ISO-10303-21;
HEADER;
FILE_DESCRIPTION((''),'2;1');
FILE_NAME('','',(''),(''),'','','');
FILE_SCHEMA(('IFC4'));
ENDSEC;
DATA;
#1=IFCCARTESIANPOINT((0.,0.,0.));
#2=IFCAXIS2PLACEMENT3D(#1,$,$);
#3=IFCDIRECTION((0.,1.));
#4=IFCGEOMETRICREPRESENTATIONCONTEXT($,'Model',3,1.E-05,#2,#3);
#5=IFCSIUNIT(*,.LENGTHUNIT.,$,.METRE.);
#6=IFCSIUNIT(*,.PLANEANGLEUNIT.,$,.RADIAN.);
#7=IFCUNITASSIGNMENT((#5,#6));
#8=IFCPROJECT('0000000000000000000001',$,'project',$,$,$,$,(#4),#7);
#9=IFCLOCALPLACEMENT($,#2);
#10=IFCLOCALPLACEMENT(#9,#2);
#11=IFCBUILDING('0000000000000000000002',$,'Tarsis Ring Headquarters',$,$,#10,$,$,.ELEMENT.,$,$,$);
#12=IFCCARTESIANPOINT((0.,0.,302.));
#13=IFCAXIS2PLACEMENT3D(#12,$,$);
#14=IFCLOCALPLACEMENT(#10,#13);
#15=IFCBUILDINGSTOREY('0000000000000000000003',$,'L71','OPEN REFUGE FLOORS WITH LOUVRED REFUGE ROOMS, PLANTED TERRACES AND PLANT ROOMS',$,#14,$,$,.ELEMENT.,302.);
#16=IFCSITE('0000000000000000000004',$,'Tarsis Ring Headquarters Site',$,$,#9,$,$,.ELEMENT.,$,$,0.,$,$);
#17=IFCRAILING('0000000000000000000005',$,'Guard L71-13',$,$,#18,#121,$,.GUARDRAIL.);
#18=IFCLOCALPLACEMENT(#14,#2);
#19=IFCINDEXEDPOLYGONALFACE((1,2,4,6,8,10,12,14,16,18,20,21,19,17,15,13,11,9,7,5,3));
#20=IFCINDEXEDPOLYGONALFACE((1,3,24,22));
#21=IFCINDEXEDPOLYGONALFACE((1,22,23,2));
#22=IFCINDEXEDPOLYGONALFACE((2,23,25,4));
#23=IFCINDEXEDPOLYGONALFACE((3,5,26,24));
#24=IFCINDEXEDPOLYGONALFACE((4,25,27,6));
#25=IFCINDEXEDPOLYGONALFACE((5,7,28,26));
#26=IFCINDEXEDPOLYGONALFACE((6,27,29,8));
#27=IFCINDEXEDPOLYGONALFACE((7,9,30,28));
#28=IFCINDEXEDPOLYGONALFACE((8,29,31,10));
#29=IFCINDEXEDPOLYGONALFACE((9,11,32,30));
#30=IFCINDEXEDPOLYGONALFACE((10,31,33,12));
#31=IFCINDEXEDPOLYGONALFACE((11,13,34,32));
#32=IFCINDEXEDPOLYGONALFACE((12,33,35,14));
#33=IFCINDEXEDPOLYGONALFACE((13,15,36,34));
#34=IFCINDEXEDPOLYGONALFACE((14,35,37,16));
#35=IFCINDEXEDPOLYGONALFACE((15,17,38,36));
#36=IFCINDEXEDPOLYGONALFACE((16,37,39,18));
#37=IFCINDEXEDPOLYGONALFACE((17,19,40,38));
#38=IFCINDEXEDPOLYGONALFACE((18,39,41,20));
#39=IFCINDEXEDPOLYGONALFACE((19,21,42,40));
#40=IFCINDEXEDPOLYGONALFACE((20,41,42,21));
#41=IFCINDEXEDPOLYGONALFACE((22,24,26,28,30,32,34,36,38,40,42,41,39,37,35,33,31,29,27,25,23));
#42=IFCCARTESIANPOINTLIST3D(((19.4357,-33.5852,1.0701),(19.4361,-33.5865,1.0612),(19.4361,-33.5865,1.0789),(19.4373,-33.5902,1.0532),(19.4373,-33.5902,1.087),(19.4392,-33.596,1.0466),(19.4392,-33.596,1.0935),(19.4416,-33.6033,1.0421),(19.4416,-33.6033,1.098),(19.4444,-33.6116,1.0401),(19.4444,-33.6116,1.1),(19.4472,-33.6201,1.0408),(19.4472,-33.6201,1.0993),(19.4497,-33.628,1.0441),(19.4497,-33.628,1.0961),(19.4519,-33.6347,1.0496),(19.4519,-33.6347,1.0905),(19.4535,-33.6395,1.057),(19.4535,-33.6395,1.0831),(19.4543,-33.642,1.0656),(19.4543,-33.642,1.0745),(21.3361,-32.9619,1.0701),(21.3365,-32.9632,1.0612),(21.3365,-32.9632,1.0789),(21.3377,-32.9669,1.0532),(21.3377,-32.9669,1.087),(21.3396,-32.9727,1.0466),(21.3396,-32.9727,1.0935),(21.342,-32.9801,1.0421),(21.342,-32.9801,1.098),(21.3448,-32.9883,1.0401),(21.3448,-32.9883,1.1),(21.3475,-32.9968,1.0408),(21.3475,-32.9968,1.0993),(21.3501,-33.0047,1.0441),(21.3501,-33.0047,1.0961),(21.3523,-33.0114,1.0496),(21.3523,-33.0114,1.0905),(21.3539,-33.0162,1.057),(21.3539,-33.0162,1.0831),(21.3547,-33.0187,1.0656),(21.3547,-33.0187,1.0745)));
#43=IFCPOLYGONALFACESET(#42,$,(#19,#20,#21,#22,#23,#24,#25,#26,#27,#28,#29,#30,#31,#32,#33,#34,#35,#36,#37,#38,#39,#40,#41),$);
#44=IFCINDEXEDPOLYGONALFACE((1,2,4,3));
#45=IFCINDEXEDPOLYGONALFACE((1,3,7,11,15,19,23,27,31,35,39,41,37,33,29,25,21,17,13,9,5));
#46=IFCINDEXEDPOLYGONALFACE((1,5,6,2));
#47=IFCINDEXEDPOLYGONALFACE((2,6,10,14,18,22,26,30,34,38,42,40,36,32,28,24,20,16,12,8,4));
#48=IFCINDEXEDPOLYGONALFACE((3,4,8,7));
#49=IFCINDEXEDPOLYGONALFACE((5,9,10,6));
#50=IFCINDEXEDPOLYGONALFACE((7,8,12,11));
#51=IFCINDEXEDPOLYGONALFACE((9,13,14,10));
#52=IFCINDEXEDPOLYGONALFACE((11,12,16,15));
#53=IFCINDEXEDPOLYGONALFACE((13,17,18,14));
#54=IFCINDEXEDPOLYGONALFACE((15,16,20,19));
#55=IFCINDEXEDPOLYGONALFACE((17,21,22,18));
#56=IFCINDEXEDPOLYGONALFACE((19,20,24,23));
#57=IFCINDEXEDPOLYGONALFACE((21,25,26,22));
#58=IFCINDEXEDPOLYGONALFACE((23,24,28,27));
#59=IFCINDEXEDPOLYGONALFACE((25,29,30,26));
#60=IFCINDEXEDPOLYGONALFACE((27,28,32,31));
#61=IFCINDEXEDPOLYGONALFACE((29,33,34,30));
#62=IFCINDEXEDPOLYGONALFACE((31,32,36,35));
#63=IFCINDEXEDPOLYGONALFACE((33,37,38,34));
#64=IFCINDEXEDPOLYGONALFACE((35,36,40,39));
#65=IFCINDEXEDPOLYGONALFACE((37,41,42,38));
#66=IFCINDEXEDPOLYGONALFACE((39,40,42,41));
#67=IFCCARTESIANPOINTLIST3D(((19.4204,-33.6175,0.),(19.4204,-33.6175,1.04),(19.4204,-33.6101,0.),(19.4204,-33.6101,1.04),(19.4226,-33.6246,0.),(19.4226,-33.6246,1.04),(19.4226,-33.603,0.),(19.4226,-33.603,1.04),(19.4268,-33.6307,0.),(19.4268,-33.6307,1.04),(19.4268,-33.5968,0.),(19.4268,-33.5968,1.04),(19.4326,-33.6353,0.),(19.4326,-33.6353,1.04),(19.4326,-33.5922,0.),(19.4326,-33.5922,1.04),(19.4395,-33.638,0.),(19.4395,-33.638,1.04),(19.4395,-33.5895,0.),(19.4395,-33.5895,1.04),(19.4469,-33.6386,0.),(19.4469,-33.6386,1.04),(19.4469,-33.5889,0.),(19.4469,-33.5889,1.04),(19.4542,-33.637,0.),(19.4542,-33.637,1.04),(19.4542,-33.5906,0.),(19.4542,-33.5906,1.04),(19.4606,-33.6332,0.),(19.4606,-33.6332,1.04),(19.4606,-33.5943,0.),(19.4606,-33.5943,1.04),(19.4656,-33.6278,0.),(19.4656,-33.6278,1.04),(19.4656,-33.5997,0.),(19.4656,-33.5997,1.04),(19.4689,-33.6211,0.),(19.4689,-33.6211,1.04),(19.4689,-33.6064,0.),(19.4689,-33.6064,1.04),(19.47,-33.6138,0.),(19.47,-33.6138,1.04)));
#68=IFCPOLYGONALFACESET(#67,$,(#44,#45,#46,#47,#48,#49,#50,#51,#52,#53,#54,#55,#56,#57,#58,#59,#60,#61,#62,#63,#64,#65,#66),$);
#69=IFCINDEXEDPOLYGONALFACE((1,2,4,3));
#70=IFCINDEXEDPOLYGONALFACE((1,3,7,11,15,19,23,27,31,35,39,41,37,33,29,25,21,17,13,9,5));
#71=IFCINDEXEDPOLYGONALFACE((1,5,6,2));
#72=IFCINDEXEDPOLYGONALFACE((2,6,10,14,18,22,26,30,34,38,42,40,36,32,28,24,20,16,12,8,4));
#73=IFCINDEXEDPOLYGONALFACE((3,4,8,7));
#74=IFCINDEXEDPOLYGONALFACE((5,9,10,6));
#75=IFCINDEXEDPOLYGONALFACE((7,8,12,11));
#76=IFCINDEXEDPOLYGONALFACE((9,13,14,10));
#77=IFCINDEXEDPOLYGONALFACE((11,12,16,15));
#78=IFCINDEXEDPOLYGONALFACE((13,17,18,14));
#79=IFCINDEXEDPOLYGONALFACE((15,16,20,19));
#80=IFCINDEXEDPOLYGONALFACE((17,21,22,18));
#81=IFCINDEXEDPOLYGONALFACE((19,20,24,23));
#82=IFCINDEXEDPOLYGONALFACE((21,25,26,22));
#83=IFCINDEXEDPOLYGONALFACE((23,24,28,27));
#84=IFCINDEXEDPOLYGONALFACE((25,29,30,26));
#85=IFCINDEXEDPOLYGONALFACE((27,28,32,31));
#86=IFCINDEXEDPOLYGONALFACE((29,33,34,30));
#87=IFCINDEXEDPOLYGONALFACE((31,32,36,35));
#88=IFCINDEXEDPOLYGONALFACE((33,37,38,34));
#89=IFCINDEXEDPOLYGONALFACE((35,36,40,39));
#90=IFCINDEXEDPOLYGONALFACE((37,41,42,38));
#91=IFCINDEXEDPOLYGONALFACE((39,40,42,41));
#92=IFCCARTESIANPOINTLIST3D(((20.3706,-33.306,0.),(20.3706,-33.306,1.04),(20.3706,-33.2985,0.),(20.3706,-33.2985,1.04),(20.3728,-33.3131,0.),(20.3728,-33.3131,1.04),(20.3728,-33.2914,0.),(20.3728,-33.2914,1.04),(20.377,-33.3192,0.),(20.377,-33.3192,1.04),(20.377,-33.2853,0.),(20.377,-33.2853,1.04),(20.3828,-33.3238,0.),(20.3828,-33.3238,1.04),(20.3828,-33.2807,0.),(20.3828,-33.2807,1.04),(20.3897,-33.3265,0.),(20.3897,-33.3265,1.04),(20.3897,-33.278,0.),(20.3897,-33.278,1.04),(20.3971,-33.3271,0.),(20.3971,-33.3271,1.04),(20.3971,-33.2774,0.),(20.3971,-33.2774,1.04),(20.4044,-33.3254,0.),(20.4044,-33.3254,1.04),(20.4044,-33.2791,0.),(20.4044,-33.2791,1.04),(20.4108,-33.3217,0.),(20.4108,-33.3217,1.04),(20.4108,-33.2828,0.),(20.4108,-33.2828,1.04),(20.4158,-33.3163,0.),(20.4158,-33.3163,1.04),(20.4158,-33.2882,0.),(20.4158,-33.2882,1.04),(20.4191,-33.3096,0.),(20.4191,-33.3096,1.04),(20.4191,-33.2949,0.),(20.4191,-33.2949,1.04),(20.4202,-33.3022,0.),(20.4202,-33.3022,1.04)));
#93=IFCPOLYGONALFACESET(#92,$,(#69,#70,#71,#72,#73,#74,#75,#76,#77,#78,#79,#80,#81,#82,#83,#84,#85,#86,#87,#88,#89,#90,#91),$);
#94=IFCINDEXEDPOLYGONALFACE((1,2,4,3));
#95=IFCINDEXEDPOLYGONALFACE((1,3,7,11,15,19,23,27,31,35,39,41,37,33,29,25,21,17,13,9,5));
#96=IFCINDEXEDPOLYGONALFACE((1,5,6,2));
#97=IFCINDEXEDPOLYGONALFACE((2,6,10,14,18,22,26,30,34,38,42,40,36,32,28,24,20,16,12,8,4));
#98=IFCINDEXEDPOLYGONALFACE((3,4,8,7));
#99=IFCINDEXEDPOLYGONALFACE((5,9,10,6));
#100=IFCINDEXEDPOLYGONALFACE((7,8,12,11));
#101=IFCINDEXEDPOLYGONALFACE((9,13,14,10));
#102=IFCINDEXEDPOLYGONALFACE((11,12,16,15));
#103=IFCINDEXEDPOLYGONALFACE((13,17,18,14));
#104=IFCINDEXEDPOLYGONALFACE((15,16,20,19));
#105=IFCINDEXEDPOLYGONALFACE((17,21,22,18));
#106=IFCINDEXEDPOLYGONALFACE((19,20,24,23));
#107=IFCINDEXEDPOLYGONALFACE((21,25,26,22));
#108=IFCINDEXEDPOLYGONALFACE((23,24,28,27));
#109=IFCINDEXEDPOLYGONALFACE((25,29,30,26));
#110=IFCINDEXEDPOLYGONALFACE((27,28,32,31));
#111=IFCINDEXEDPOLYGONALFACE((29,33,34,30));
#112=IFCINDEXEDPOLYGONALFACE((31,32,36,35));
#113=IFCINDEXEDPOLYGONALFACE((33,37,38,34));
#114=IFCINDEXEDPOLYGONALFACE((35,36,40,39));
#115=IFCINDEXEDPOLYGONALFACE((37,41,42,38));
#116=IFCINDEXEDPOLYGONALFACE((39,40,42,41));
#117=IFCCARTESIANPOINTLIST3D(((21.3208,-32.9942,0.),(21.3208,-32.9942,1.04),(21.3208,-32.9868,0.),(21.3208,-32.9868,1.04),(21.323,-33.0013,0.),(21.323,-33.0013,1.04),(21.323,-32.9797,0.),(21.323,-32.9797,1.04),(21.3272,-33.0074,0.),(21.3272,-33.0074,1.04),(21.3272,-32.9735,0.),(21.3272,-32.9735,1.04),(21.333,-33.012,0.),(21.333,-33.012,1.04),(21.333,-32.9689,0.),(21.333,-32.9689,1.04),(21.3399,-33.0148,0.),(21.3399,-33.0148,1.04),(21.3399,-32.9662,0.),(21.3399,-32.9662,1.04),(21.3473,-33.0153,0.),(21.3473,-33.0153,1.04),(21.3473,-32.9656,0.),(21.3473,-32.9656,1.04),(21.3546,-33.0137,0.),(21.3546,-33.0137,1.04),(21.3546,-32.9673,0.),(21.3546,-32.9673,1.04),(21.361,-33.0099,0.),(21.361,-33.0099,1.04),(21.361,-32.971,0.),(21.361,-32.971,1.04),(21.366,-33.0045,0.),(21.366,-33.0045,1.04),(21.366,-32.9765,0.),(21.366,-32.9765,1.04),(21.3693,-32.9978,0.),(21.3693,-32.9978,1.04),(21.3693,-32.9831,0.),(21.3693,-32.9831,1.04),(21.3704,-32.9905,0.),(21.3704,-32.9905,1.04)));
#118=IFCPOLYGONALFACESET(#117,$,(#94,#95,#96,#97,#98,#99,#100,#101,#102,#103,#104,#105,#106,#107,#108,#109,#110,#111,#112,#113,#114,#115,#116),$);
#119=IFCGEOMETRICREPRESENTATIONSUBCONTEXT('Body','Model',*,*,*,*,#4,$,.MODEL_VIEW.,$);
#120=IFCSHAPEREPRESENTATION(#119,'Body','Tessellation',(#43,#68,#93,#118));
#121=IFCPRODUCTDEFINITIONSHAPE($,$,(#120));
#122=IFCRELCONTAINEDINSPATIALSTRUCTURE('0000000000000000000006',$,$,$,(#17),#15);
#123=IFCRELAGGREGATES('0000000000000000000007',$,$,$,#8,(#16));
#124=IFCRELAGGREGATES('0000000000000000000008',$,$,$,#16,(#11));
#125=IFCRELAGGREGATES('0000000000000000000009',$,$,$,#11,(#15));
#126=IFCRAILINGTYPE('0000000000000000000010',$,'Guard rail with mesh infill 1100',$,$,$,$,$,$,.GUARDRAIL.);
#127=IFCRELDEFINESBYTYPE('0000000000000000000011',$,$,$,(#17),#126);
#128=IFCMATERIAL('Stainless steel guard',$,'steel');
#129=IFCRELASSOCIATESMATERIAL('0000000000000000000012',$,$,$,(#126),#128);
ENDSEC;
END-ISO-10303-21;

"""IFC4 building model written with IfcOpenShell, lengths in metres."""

from ifc_helpers import new_model, si_unit, direction, frame, origin, origin_2d, place, context, subcontext, project, spatial, circle, extrude, material, type_object, element, save


model = new_model("IFC4")

# Units and contexts
model_context = context("Model", 3, precision=1e-05, world=origin(), true_north=direction((0.0, 1.0)))
body_context = subcontext(model_context, "Body", "Model", "MODEL_VIEW")
ifc_project = project(units=[si_unit("LENGTHUNIT", "METRE"), si_unit("PLANEANGLEUNIT", "RADIAN")], contexts=[model_context])

# Site, building, storey
site_placement = place(None, origin())
site = spatial("IfcSite", under=ifc_project, at=site_placement, Name="Tarsis Ring Headquarters Site", CompositionType="ELEMENT", RefElevation=0.0)
building_placement = place(site_placement, origin())
building = spatial("IfcBuilding", under=site, at=building_placement, Name="Tarsis Ring Headquarters", CompositionType="ELEMENT")
storey_placement = place(building_placement, frame((0.0, 0.0, 302.0)))
storey = spatial("IfcBuildingStorey", under=building, at=storey_placement, Name="L71", Description="OPEN REFUGE FLOORS WITH LOUVRED REFUGE ROOMS, PLANTED TERRACES AND PLANT ROOMS", CompositionType="ELEMENT", Elevation=302.0)

# Railing
ifc_material_1 = material(Name="Stainless steel guard", Category="steel")
railing_type_1 = type_object("IfcRailingType", Name="Guard rail with mesh infill 1100", PredefinedType="GUARDRAIL", material=ifc_material_1)
railing_1_placement = place(storey_placement, frame((19.4451, -33.6138, 0.0)))
element("IfcRailing", 1, at=railing_1_placement, inside=storey, type_object=railing_type_1, Name="Guard L71-13", PredefinedType="GUARDRAIL", context=body_context, shape_type="SweptSolid", body=[
    extrude(circle(Radius=0.03, at=origin_2d()), frame((0.0, 0.0, 1.0701), z_axis=(0.950198, 0.311646, 0.0), x_axis=(-0.311646, 0.950198, 0.0)), (0.0, 0.0, 1.0), 2.0),
    extrude(circle(Radius=0.0249, at=origin_2d()), origin(), (0.0, 0.0, 1.0), 1.04),
    extrude(circle(Radius=0.0249, at=origin_2d()), frame((0.9502, 0.3115, 0.0)), (0.0, 0.0, 1.0), 1.04),
    extrude(circle(Radius=0.0249, at=origin_2d()), frame((1.9004, 0.6233, 0.0)), (0.0, 0.0, 1.0), 1.04),
])

save(model, "model.ifc")
